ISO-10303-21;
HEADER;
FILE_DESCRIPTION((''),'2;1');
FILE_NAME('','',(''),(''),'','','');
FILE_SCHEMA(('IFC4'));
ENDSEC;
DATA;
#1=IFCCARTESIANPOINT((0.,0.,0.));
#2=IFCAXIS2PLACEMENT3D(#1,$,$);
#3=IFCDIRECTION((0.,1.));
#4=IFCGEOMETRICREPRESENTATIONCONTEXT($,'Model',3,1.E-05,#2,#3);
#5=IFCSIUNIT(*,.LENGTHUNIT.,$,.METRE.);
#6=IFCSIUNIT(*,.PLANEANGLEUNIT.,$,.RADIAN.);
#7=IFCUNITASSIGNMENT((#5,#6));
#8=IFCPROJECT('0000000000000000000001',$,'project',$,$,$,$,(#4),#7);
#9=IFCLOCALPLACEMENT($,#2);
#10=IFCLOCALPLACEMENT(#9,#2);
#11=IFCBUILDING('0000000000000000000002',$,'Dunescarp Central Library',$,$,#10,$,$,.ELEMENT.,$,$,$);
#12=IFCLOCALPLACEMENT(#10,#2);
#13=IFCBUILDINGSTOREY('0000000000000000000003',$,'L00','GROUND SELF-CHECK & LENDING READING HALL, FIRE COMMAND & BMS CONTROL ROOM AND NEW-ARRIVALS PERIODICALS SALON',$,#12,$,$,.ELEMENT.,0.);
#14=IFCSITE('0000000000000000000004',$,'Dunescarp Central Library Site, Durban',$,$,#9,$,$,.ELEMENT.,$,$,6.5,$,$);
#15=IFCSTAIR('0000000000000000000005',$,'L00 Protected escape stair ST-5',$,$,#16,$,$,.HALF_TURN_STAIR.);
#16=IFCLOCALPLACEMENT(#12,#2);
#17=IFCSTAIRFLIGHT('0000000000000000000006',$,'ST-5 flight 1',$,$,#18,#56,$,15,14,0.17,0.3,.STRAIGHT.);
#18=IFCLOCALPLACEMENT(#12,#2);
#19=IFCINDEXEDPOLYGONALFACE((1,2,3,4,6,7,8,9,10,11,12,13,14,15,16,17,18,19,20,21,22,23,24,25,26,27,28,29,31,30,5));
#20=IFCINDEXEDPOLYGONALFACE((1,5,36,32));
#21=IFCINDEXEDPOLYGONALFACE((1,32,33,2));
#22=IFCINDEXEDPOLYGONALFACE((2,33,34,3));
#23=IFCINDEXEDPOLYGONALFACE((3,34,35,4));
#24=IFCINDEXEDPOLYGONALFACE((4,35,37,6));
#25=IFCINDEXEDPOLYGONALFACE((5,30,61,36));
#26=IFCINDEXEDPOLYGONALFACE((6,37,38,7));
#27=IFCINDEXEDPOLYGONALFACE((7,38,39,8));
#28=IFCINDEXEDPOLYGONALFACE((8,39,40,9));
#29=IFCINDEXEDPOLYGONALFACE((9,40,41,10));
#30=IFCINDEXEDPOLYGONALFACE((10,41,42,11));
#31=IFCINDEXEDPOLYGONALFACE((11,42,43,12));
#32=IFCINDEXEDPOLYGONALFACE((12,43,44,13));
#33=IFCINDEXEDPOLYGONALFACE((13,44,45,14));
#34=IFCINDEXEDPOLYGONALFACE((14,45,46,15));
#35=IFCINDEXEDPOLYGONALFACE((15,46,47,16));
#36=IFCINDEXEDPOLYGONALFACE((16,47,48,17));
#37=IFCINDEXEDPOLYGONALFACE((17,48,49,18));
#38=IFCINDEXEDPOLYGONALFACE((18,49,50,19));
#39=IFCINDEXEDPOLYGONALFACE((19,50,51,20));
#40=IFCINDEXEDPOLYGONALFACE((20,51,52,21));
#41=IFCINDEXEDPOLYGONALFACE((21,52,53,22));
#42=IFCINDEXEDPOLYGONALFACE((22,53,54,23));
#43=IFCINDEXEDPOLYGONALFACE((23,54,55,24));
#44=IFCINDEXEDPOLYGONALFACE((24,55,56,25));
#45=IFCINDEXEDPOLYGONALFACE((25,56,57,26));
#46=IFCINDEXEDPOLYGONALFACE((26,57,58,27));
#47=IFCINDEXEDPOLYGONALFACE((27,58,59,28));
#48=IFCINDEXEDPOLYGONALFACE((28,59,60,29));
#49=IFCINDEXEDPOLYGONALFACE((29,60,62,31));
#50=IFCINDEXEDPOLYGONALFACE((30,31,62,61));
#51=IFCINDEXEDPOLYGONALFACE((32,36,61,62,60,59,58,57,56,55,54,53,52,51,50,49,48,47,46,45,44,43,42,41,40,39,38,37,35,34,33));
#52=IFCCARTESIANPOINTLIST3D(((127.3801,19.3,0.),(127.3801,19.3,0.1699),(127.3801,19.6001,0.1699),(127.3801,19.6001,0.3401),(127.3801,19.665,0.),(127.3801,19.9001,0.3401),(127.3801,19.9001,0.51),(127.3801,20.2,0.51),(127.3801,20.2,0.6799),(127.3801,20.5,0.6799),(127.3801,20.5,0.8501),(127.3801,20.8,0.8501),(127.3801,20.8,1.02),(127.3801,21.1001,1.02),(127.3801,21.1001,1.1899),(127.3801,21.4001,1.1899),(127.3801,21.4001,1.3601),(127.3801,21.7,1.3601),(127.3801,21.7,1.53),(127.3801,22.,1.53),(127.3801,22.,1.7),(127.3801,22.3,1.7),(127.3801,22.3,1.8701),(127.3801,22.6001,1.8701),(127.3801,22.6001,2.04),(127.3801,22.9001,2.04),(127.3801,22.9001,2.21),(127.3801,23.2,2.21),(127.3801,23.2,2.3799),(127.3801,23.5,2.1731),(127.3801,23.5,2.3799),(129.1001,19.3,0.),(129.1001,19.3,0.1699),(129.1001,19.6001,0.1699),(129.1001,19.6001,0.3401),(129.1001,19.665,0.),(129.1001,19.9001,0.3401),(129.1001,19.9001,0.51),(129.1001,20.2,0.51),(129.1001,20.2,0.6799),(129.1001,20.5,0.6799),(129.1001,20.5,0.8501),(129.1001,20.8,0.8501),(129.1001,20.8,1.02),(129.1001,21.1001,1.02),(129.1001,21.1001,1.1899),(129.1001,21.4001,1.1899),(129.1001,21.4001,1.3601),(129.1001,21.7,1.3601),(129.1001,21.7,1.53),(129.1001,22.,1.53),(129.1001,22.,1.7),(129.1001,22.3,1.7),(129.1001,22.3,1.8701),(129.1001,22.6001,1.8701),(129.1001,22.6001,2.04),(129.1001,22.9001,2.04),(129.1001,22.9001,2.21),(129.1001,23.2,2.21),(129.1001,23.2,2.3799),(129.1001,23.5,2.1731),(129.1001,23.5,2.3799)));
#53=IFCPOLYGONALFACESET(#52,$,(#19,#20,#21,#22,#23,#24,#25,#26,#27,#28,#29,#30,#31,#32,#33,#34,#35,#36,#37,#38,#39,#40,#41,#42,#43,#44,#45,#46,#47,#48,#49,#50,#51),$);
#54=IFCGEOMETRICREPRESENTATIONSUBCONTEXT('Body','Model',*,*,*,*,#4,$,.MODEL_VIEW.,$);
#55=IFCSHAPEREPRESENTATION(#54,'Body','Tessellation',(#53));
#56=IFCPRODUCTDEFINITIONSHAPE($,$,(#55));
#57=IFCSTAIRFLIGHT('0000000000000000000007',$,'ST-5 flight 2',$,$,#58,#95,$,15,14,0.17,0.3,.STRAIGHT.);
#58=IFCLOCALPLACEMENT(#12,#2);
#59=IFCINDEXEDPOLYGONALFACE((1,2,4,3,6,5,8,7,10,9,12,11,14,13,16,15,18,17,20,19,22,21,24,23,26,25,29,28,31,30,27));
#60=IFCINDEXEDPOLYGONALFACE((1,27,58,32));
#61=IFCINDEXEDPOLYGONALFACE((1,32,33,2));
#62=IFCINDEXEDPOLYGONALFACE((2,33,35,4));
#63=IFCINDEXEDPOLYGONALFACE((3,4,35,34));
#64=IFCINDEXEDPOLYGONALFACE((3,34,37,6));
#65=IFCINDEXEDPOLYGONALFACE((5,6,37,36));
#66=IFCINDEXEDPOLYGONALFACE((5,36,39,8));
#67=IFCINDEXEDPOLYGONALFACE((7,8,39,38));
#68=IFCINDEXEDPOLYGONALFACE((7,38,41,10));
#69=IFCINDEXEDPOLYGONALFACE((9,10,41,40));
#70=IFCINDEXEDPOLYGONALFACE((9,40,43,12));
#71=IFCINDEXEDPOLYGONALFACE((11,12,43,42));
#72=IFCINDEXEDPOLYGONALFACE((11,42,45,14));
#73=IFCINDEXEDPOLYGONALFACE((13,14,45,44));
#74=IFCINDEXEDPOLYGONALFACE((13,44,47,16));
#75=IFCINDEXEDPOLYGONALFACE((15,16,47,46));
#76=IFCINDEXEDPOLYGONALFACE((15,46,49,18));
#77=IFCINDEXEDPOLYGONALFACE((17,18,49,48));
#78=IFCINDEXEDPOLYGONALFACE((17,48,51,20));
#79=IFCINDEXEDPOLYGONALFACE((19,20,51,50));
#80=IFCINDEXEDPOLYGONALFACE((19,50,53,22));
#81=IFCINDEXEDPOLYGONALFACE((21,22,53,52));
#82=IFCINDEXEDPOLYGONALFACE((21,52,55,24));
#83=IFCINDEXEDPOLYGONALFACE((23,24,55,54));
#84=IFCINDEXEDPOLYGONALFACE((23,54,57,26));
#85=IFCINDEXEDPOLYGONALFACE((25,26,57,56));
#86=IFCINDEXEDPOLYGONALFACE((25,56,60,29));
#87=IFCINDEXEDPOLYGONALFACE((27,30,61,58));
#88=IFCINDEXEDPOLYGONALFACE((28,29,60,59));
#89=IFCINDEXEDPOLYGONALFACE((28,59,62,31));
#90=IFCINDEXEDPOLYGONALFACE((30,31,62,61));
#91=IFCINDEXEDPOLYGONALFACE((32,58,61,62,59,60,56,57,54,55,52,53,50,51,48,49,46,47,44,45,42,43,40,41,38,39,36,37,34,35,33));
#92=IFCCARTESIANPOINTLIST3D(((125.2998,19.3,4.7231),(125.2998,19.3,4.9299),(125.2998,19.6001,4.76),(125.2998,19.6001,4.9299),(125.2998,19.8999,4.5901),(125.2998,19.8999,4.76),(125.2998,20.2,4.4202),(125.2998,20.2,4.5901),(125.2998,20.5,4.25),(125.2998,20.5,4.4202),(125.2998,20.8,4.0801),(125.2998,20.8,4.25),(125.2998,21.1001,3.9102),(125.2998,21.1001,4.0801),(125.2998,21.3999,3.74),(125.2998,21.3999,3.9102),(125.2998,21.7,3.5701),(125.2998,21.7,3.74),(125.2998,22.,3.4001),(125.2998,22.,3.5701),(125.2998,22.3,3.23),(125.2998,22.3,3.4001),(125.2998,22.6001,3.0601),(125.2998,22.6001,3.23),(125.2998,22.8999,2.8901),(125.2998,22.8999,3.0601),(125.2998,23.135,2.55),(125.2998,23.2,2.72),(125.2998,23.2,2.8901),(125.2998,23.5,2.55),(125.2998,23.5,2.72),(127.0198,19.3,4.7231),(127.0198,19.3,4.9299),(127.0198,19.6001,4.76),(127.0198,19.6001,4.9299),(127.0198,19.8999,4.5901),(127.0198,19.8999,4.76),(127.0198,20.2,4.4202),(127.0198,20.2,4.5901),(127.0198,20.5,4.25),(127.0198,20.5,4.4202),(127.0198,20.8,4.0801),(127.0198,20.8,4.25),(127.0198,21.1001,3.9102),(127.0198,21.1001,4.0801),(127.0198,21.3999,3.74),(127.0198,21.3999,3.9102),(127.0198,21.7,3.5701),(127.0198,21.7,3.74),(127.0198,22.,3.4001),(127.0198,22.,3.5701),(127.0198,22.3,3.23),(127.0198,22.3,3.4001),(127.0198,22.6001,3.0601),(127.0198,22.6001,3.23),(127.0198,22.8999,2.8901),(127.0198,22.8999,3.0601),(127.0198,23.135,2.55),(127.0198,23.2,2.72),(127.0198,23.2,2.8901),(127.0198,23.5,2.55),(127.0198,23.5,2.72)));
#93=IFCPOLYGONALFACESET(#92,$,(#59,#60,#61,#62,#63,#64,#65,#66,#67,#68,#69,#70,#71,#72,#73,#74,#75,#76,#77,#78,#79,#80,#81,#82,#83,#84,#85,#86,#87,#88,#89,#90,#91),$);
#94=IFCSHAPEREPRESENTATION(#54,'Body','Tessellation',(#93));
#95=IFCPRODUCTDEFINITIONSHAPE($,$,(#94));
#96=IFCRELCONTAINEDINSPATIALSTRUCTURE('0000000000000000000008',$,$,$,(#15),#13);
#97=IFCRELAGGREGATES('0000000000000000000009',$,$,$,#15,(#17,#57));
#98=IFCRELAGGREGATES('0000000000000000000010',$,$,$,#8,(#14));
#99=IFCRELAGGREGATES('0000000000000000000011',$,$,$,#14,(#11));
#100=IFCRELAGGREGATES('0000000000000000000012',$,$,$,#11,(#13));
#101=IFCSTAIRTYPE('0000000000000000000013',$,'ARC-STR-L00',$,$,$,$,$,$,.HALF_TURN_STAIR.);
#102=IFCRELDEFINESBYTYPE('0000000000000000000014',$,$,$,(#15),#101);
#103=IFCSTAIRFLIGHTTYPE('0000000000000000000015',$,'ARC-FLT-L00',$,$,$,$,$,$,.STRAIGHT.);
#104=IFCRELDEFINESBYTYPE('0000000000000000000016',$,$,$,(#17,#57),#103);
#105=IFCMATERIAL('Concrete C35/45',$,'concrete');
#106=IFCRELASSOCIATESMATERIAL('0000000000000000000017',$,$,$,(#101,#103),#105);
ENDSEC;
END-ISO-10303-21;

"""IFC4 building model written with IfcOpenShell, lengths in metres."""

from ifc_helpers import new_model, si_unit, direction, frame, origin, place, context, subcontext, project, spatial, polyline, outline, extrude, material, type_object, element, aggregate, save


model = new_model("IFC4")

# Units and contexts
model_context = context("Model", 3, precision=1e-05, world=origin(), true_north=direction((0.0, 1.0)))
body_context = subcontext(model_context, "Body", "Model", "MODEL_VIEW")
ifc_project = project(units=[si_unit("LENGTHUNIT", "METRE"), si_unit("PLANEANGLEUNIT", "RADIAN")], contexts=[model_context])

# Site, building, storey
site_placement = place(None, origin())
site = spatial("IfcSite", under=ifc_project, at=site_placement, Name="Dunescarp Central Library Site, Durban", CompositionType="ELEMENT", RefElevation=6.5)
building_placement = place(site_placement, origin())
building = spatial("IfcBuilding", under=site, at=building_placement, Name="Dunescarp Central Library", CompositionType="ELEMENT")
storey_placement = place(building_placement, origin())
storey = spatial("IfcBuildingStorey", under=building, at=storey_placement, Name="L00", Description="GROUND SELF-CHECK & LENDING READING HALL, FIRE COMMAND & BMS CONTROL ROOM AND NEW-ARRIVALS PERIODICALS SALON", CompositionType="ELEMENT", Elevation=0.0)

# Shared definitions
ifc_material_1 = material(Name="Concrete C35/45", Category="concrete")

# Stair, stair flights
stair_type = type_object("IfcStairType", Name="ARC-STR-L00", PredefinedType="HALF_TURN_STAIR", material=ifc_material_1)
stair_placement = place(storey_placement, origin())
stair = element("IfcStair", 1, at=stair_placement, inside=storey, type_object=stair_type, Name="L00 Protected escape stair ST-5", PredefinedType="HALF_TURN_STAIR")
stair_flight_type = type_object("IfcStairFlightType", Name="ARC-FLT-L00", PredefinedType="STRAIGHT", material=ifc_material_1)
stair_flight_1_placement = place(storey_placement, frame((128.24, 19.3, 0.0), z_axis=(0.0, 0.0, 1.0), x_axis=(0.0, 1.0, 0.0)))
stair_flight_1 = element("IfcStairFlight", 2, at=stair_flight_1_placement, type_object=stair_flight_type, Name="ST-5 flight 1", NumberOfRisers=15, NumberOfTreads=14, PredefinedType="STRAIGHT", RiserHeight=0.17, TreadLength=0.3, context=body_context, shape_type="SweptSolid", body=[
    extrude(outline(polyline([(0.0, 0.0), (0.0, 0.1699), (0.3, 0.1699), (0.3, 0.3401), (0.6001, 0.3401), (0.6001, 0.51), (0.8999, 0.51), (0.8999, 0.6799), (1.2, 0.6799), (1.2, 0.8501), (1.5, 0.8501), (1.5, 1.02), (1.8, 1.02), (1.8, 1.1899), (2.1001, 1.1899), (2.1001, 1.3601), (2.3999, 1.3601), (2.3999, 1.53), (2.7, 1.53), (2.7, 1.7), (3.0, 1.7), (3.0, 1.8701), (3.3, 1.8701), (3.3, 2.04), (3.6001, 2.04), (3.6001, 2.21), (3.8999, 2.21), (3.8999, 2.3799), (4.2, 2.3799), (4.2, 2.55), (4.2, 2.1731), (0.365, 0.0), (0.0, 0.0)])), frame((0.0, 0.8599, 0.0), z_axis=(0.0, -1.0, 0.0), x_axis=(1.0, 0.0, 0.0)), (0.0, 0.0, 1.0), 1.72),
])
stair_flight_2_placement = place(storey_placement, frame((126.1599, 23.5, 2.55), z_axis=(0.0, 0.0, 1.0), x_axis=(0.0, -1.0, 0.0)))
stair_flight_2 = element("IfcStairFlight", 3, at=stair_flight_2_placement, type_object=stair_flight_type, Name="ST-5 flight 2", NumberOfRisers=15, NumberOfTreads=14, PredefinedType="STRAIGHT", RiserHeight=0.17, TreadLength=0.3, context=body_context, shape_type="SweptSolid", body=[
    extrude(outline(polyline([(0.0, 0.0), (0.0, 0.1699), (0.3, 0.1699), (0.3, 0.3401), (0.6001, 0.3401), (0.6001, 0.51), (0.8999, 0.51), (0.8999, 0.6799), (1.2, 0.6799), (1.2, 0.8501), (1.5, 0.8501), (1.5, 1.02), (1.8, 1.02), (1.8, 1.1899), (2.1001, 1.1899), (2.1001, 1.3601), (2.3999, 1.3601), (2.3999, 1.53), (2.7, 1.53), (2.7, 1.7), (3.0, 1.7), (3.0, 1.8701), (3.3, 1.8701), (3.3, 2.04), (3.6001, 2.04), (3.6001, 2.21), (3.8999, 2.21), (3.8999, 2.3799), (4.2, 2.3799), (4.2, 2.55), (4.2, 2.1731), (0.365, 0.0), (0.0, 0.0)])), frame((0.0, 0.8599, 0.0), z_axis=(0.0, -1.0, 0.0), x_axis=(1.0, 0.0, 0.0)), (0.0, 0.0, 1.0), 1.72),
])
aggregate(stair, [stair_flight_1, stair_flight_2])

save(model, "model.ifc")
